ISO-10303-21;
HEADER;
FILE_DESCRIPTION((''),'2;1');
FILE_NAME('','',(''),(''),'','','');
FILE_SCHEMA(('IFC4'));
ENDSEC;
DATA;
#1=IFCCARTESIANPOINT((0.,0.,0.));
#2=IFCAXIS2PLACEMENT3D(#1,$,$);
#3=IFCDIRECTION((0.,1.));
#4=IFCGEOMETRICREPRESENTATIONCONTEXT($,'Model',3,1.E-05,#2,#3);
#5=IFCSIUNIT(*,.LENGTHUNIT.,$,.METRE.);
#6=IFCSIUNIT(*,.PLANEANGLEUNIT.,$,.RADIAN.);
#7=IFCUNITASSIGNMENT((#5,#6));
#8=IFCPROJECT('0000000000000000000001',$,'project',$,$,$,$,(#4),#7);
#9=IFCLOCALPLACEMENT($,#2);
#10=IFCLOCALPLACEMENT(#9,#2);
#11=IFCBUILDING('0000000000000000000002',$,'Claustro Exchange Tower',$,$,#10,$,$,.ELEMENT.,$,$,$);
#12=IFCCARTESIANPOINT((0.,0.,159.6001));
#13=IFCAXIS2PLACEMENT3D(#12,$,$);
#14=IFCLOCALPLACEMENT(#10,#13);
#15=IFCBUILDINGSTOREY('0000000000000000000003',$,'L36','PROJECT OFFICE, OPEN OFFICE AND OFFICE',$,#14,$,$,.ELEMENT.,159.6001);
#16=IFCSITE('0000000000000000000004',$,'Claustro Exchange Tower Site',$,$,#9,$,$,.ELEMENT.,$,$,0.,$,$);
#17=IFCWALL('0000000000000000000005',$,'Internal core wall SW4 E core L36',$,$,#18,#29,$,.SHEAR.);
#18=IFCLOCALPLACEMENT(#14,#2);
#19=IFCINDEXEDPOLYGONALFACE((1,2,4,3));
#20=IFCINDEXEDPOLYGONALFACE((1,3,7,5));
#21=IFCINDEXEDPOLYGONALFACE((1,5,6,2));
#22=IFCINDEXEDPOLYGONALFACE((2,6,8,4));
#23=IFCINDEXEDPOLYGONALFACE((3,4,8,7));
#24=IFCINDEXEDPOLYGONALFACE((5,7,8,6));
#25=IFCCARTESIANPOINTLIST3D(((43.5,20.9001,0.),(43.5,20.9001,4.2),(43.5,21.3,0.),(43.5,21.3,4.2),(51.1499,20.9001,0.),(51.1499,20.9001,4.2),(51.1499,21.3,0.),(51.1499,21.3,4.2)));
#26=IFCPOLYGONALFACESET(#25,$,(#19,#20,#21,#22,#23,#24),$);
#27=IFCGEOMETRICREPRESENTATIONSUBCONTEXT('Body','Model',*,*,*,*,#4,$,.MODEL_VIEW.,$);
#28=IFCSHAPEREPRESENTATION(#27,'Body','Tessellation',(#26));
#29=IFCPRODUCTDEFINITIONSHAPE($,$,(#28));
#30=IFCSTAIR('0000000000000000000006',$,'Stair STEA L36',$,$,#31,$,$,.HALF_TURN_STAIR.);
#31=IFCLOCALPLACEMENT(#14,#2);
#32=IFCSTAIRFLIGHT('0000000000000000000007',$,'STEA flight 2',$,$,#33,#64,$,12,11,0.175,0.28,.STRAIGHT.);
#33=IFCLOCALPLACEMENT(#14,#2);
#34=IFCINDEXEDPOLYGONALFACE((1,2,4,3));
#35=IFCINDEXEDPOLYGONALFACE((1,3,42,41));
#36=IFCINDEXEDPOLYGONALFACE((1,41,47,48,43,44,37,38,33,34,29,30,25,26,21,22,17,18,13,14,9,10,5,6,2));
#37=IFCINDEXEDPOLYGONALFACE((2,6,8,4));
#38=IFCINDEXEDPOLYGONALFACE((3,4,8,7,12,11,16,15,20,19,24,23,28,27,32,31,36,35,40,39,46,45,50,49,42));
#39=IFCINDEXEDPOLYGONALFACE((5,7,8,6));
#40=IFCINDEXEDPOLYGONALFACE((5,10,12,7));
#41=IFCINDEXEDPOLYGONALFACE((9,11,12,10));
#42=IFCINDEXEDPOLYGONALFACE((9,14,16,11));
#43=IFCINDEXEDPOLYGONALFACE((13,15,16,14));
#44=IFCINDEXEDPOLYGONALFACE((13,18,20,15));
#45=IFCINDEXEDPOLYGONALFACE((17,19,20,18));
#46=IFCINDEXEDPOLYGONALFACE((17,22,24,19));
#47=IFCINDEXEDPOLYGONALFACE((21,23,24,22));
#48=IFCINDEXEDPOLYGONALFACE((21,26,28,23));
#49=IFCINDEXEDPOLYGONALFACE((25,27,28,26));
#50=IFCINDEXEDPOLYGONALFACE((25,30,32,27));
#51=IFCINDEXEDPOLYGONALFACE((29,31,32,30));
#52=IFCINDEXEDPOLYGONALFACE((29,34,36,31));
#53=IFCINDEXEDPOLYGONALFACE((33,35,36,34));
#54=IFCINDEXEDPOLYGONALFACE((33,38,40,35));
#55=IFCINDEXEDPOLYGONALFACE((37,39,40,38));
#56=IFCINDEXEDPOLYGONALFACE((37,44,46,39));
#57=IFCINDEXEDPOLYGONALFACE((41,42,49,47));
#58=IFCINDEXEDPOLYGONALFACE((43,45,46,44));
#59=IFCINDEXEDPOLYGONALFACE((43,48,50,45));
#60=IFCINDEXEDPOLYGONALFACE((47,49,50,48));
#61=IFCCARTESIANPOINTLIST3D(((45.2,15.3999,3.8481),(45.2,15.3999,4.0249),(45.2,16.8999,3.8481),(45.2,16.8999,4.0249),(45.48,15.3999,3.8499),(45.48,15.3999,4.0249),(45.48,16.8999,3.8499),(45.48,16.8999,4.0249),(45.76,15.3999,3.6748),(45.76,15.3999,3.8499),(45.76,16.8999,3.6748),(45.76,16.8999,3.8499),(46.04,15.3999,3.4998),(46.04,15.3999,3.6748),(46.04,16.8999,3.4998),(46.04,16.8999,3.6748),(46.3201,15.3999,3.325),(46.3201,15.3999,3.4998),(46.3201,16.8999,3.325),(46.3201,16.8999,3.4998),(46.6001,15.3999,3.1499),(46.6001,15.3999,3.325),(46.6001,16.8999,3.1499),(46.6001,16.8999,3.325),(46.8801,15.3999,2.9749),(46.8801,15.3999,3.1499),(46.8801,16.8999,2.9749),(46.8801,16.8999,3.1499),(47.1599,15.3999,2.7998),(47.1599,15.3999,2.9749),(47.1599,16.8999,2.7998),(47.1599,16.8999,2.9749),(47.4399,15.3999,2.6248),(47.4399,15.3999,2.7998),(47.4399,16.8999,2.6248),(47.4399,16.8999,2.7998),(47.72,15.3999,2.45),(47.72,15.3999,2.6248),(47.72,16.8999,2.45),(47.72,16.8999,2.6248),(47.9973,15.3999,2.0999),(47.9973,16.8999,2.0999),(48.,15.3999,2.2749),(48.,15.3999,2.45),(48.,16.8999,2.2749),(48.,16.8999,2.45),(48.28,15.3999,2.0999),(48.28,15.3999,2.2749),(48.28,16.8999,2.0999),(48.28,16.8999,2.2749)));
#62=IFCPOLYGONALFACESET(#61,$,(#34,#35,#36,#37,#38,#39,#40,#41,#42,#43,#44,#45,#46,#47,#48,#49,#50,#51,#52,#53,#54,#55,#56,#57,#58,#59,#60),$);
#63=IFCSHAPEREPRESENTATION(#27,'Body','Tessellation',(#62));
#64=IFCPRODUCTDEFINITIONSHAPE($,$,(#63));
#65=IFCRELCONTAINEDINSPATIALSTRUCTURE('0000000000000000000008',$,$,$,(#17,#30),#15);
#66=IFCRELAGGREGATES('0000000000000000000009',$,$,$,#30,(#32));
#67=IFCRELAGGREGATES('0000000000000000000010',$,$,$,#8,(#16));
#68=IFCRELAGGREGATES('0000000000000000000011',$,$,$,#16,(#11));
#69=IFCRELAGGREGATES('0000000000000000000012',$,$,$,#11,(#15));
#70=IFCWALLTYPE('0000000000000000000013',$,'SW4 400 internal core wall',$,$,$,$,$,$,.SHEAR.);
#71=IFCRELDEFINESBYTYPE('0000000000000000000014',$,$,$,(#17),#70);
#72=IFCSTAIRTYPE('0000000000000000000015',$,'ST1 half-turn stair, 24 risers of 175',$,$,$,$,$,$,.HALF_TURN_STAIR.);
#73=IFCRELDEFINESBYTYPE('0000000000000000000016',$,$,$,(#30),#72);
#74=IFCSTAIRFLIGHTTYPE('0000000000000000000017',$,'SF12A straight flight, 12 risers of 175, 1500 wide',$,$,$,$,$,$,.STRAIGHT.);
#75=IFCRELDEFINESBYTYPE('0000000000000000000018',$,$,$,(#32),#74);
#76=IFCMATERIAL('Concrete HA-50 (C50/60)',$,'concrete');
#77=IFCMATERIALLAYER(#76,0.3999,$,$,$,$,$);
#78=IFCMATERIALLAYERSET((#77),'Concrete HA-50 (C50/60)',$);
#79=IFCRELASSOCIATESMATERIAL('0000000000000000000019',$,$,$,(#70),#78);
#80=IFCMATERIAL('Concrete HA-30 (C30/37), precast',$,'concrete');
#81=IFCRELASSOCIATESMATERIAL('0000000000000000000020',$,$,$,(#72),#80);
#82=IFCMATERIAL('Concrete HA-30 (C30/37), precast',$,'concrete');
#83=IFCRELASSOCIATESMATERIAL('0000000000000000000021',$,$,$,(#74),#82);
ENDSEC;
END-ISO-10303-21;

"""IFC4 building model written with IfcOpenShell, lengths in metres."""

from ifc_helpers import new_model, si_unit, direction, frame, frame_2d, origin, place, context, subcontext, project, spatial, polyline, rectangle, outline, extrude, material, layer, layer_set, type_object, element, aggregate, save


model = new_model("IFC4")

# Units and contexts
model_context = context("Model", 3, precision=1e-05, world=origin(), true_north=direction((0.0, 1.0)))
body_context = subcontext(model_context, "Body", "Model", "MODEL_VIEW")
ifc_project = project(units=[si_unit("LENGTHUNIT", "METRE"), si_unit("PLANEANGLEUNIT", "RADIAN")], contexts=[model_context])

# Site, building, storey
site_placement = place(None, origin())
site = spatial("IfcSite", under=ifc_project, at=site_placement, Name="Claustro Exchange Tower Site", CompositionType="ELEMENT", RefElevation=0.0)
building_placement = place(site_placement, origin())
building = spatial("IfcBuilding", under=site, at=building_placement, Name="Claustro Exchange Tower", CompositionType="ELEMENT")
storey_placement = place(building_placement, frame((0.0, 0.0, 159.6001)))
storey = spatial("IfcBuildingStorey", under=building, at=storey_placement, Name="L36", Description="PROJECT OFFICE, OPEN OFFICE AND OFFICE", CompositionType="ELEMENT", Elevation=159.6001)

# Wall
ifc_material_1 = material(Name="Concrete HA-50 (C50/60)", Category="concrete")
ifc_layer_1 = layer(ifc_material_1, 0.3999)
ifc_layer_set_1 = layer_set([ifc_layer_1], Name="Concrete HA-50 (C50/60)")
wall_type_1 = type_object("IfcWallType", Name="SW4 400 internal core wall", PredefinedType="SHEAR", material=ifc_layer_set_1)
for number, where, z_axis, x_axis, name in (
    (1, (51.1499, 21.1001, 0.0), (0.0, 0.0, 1.0), (-1.0, 0.0, 0.0), "Internal core wall SW4 E core L36"),
):
    element("IfcWall", number, at=place(storey_placement, frame(where, z_axis=z_axis, x_axis=x_axis)), inside=storey, type_object=wall_type_1, Name=name, PredefinedType="SHEAR", context=body_context, shape_type="SweptSolid", body=[
        extrude(rectangle(XDim=7.6499, YDim=0.3999, at=frame_2d((3.825, 0.0))), origin(), (0.0, 0.0, 1.0), 4.2),
    ])

# Stair, stair flight
ifc_material_2 = material(Name="Concrete HA-30 (C30/37), precast", Category="concrete")
stair_type = type_object("IfcStairType", Name="ST1 half-turn stair, 24 risers of 175", PredefinedType="HALF_TURN_STAIR", material=ifc_material_2)
stair_placement = place(storey_placement, origin())
stair = element("IfcStair", 2, at=stair_placement, inside=storey, type_object=stair_type, Name="Stair STEA L36", PredefinedType="HALF_TURN_STAIR")
ifc_material_3 = material(Name="Concrete HA-30 (C30/37), precast", Category="concrete")
stair_flight_type = type_object("IfcStairFlightType", Name="SF12A straight flight, 12 risers of 175, 1500 wide", PredefinedType="STRAIGHT", material=ifc_material_3)
stair_flight_placement = place(storey_placement, frame((48.28, 16.1499, 2.0999), z_axis=(0.0, 0.0, 1.0), x_axis=(-1.0, 0.0, 0.0)))
stair_flight = element("IfcStairFlight", 3, at=stair_flight_placement, type_object=stair_flight_type, Name="STEA flight 2", NumberOfRisers=12, NumberOfTreads=11, PredefinedType="STRAIGHT", RiserHeight=0.175, TreadLength=0.28, context=body_context, shape_type="SweptSolid", body=[
    extrude(outline(polyline([(0.0, 0.0), (0.0, 0.175), (0.28, 0.175), (0.28, 0.3501), (0.5601, 0.3501), (0.5601, 0.5249), (0.8401, 0.5249), (0.8401, 0.7), (1.1201, 0.7), (1.1201, 0.875), (1.3999, 0.875), (1.3999, 1.05), (1.6799, 1.05), (1.6799, 1.2251), (1.96, 1.2251), (1.96, 1.3999), (2.24, 1.3999), (2.24, 1.575), (2.52, 1.575), (2.52, 1.75), (2.8, 1.75), (2.8, 1.925), (3.0801, 1.925), (3.0801, 2.1001), (3.0801, 1.7483), (0.2827, 0.0), (0.0, 0.0)])), frame((0.0, 0.75, 0.0), z_axis=(0.0, -1.0, 0.0), x_axis=(1.0, 0.0, 0.0)), (0.0, 0.0, 1.0), 1.5),
])
aggregate(stair, [stair_flight])

save(model, "model.ifc")
